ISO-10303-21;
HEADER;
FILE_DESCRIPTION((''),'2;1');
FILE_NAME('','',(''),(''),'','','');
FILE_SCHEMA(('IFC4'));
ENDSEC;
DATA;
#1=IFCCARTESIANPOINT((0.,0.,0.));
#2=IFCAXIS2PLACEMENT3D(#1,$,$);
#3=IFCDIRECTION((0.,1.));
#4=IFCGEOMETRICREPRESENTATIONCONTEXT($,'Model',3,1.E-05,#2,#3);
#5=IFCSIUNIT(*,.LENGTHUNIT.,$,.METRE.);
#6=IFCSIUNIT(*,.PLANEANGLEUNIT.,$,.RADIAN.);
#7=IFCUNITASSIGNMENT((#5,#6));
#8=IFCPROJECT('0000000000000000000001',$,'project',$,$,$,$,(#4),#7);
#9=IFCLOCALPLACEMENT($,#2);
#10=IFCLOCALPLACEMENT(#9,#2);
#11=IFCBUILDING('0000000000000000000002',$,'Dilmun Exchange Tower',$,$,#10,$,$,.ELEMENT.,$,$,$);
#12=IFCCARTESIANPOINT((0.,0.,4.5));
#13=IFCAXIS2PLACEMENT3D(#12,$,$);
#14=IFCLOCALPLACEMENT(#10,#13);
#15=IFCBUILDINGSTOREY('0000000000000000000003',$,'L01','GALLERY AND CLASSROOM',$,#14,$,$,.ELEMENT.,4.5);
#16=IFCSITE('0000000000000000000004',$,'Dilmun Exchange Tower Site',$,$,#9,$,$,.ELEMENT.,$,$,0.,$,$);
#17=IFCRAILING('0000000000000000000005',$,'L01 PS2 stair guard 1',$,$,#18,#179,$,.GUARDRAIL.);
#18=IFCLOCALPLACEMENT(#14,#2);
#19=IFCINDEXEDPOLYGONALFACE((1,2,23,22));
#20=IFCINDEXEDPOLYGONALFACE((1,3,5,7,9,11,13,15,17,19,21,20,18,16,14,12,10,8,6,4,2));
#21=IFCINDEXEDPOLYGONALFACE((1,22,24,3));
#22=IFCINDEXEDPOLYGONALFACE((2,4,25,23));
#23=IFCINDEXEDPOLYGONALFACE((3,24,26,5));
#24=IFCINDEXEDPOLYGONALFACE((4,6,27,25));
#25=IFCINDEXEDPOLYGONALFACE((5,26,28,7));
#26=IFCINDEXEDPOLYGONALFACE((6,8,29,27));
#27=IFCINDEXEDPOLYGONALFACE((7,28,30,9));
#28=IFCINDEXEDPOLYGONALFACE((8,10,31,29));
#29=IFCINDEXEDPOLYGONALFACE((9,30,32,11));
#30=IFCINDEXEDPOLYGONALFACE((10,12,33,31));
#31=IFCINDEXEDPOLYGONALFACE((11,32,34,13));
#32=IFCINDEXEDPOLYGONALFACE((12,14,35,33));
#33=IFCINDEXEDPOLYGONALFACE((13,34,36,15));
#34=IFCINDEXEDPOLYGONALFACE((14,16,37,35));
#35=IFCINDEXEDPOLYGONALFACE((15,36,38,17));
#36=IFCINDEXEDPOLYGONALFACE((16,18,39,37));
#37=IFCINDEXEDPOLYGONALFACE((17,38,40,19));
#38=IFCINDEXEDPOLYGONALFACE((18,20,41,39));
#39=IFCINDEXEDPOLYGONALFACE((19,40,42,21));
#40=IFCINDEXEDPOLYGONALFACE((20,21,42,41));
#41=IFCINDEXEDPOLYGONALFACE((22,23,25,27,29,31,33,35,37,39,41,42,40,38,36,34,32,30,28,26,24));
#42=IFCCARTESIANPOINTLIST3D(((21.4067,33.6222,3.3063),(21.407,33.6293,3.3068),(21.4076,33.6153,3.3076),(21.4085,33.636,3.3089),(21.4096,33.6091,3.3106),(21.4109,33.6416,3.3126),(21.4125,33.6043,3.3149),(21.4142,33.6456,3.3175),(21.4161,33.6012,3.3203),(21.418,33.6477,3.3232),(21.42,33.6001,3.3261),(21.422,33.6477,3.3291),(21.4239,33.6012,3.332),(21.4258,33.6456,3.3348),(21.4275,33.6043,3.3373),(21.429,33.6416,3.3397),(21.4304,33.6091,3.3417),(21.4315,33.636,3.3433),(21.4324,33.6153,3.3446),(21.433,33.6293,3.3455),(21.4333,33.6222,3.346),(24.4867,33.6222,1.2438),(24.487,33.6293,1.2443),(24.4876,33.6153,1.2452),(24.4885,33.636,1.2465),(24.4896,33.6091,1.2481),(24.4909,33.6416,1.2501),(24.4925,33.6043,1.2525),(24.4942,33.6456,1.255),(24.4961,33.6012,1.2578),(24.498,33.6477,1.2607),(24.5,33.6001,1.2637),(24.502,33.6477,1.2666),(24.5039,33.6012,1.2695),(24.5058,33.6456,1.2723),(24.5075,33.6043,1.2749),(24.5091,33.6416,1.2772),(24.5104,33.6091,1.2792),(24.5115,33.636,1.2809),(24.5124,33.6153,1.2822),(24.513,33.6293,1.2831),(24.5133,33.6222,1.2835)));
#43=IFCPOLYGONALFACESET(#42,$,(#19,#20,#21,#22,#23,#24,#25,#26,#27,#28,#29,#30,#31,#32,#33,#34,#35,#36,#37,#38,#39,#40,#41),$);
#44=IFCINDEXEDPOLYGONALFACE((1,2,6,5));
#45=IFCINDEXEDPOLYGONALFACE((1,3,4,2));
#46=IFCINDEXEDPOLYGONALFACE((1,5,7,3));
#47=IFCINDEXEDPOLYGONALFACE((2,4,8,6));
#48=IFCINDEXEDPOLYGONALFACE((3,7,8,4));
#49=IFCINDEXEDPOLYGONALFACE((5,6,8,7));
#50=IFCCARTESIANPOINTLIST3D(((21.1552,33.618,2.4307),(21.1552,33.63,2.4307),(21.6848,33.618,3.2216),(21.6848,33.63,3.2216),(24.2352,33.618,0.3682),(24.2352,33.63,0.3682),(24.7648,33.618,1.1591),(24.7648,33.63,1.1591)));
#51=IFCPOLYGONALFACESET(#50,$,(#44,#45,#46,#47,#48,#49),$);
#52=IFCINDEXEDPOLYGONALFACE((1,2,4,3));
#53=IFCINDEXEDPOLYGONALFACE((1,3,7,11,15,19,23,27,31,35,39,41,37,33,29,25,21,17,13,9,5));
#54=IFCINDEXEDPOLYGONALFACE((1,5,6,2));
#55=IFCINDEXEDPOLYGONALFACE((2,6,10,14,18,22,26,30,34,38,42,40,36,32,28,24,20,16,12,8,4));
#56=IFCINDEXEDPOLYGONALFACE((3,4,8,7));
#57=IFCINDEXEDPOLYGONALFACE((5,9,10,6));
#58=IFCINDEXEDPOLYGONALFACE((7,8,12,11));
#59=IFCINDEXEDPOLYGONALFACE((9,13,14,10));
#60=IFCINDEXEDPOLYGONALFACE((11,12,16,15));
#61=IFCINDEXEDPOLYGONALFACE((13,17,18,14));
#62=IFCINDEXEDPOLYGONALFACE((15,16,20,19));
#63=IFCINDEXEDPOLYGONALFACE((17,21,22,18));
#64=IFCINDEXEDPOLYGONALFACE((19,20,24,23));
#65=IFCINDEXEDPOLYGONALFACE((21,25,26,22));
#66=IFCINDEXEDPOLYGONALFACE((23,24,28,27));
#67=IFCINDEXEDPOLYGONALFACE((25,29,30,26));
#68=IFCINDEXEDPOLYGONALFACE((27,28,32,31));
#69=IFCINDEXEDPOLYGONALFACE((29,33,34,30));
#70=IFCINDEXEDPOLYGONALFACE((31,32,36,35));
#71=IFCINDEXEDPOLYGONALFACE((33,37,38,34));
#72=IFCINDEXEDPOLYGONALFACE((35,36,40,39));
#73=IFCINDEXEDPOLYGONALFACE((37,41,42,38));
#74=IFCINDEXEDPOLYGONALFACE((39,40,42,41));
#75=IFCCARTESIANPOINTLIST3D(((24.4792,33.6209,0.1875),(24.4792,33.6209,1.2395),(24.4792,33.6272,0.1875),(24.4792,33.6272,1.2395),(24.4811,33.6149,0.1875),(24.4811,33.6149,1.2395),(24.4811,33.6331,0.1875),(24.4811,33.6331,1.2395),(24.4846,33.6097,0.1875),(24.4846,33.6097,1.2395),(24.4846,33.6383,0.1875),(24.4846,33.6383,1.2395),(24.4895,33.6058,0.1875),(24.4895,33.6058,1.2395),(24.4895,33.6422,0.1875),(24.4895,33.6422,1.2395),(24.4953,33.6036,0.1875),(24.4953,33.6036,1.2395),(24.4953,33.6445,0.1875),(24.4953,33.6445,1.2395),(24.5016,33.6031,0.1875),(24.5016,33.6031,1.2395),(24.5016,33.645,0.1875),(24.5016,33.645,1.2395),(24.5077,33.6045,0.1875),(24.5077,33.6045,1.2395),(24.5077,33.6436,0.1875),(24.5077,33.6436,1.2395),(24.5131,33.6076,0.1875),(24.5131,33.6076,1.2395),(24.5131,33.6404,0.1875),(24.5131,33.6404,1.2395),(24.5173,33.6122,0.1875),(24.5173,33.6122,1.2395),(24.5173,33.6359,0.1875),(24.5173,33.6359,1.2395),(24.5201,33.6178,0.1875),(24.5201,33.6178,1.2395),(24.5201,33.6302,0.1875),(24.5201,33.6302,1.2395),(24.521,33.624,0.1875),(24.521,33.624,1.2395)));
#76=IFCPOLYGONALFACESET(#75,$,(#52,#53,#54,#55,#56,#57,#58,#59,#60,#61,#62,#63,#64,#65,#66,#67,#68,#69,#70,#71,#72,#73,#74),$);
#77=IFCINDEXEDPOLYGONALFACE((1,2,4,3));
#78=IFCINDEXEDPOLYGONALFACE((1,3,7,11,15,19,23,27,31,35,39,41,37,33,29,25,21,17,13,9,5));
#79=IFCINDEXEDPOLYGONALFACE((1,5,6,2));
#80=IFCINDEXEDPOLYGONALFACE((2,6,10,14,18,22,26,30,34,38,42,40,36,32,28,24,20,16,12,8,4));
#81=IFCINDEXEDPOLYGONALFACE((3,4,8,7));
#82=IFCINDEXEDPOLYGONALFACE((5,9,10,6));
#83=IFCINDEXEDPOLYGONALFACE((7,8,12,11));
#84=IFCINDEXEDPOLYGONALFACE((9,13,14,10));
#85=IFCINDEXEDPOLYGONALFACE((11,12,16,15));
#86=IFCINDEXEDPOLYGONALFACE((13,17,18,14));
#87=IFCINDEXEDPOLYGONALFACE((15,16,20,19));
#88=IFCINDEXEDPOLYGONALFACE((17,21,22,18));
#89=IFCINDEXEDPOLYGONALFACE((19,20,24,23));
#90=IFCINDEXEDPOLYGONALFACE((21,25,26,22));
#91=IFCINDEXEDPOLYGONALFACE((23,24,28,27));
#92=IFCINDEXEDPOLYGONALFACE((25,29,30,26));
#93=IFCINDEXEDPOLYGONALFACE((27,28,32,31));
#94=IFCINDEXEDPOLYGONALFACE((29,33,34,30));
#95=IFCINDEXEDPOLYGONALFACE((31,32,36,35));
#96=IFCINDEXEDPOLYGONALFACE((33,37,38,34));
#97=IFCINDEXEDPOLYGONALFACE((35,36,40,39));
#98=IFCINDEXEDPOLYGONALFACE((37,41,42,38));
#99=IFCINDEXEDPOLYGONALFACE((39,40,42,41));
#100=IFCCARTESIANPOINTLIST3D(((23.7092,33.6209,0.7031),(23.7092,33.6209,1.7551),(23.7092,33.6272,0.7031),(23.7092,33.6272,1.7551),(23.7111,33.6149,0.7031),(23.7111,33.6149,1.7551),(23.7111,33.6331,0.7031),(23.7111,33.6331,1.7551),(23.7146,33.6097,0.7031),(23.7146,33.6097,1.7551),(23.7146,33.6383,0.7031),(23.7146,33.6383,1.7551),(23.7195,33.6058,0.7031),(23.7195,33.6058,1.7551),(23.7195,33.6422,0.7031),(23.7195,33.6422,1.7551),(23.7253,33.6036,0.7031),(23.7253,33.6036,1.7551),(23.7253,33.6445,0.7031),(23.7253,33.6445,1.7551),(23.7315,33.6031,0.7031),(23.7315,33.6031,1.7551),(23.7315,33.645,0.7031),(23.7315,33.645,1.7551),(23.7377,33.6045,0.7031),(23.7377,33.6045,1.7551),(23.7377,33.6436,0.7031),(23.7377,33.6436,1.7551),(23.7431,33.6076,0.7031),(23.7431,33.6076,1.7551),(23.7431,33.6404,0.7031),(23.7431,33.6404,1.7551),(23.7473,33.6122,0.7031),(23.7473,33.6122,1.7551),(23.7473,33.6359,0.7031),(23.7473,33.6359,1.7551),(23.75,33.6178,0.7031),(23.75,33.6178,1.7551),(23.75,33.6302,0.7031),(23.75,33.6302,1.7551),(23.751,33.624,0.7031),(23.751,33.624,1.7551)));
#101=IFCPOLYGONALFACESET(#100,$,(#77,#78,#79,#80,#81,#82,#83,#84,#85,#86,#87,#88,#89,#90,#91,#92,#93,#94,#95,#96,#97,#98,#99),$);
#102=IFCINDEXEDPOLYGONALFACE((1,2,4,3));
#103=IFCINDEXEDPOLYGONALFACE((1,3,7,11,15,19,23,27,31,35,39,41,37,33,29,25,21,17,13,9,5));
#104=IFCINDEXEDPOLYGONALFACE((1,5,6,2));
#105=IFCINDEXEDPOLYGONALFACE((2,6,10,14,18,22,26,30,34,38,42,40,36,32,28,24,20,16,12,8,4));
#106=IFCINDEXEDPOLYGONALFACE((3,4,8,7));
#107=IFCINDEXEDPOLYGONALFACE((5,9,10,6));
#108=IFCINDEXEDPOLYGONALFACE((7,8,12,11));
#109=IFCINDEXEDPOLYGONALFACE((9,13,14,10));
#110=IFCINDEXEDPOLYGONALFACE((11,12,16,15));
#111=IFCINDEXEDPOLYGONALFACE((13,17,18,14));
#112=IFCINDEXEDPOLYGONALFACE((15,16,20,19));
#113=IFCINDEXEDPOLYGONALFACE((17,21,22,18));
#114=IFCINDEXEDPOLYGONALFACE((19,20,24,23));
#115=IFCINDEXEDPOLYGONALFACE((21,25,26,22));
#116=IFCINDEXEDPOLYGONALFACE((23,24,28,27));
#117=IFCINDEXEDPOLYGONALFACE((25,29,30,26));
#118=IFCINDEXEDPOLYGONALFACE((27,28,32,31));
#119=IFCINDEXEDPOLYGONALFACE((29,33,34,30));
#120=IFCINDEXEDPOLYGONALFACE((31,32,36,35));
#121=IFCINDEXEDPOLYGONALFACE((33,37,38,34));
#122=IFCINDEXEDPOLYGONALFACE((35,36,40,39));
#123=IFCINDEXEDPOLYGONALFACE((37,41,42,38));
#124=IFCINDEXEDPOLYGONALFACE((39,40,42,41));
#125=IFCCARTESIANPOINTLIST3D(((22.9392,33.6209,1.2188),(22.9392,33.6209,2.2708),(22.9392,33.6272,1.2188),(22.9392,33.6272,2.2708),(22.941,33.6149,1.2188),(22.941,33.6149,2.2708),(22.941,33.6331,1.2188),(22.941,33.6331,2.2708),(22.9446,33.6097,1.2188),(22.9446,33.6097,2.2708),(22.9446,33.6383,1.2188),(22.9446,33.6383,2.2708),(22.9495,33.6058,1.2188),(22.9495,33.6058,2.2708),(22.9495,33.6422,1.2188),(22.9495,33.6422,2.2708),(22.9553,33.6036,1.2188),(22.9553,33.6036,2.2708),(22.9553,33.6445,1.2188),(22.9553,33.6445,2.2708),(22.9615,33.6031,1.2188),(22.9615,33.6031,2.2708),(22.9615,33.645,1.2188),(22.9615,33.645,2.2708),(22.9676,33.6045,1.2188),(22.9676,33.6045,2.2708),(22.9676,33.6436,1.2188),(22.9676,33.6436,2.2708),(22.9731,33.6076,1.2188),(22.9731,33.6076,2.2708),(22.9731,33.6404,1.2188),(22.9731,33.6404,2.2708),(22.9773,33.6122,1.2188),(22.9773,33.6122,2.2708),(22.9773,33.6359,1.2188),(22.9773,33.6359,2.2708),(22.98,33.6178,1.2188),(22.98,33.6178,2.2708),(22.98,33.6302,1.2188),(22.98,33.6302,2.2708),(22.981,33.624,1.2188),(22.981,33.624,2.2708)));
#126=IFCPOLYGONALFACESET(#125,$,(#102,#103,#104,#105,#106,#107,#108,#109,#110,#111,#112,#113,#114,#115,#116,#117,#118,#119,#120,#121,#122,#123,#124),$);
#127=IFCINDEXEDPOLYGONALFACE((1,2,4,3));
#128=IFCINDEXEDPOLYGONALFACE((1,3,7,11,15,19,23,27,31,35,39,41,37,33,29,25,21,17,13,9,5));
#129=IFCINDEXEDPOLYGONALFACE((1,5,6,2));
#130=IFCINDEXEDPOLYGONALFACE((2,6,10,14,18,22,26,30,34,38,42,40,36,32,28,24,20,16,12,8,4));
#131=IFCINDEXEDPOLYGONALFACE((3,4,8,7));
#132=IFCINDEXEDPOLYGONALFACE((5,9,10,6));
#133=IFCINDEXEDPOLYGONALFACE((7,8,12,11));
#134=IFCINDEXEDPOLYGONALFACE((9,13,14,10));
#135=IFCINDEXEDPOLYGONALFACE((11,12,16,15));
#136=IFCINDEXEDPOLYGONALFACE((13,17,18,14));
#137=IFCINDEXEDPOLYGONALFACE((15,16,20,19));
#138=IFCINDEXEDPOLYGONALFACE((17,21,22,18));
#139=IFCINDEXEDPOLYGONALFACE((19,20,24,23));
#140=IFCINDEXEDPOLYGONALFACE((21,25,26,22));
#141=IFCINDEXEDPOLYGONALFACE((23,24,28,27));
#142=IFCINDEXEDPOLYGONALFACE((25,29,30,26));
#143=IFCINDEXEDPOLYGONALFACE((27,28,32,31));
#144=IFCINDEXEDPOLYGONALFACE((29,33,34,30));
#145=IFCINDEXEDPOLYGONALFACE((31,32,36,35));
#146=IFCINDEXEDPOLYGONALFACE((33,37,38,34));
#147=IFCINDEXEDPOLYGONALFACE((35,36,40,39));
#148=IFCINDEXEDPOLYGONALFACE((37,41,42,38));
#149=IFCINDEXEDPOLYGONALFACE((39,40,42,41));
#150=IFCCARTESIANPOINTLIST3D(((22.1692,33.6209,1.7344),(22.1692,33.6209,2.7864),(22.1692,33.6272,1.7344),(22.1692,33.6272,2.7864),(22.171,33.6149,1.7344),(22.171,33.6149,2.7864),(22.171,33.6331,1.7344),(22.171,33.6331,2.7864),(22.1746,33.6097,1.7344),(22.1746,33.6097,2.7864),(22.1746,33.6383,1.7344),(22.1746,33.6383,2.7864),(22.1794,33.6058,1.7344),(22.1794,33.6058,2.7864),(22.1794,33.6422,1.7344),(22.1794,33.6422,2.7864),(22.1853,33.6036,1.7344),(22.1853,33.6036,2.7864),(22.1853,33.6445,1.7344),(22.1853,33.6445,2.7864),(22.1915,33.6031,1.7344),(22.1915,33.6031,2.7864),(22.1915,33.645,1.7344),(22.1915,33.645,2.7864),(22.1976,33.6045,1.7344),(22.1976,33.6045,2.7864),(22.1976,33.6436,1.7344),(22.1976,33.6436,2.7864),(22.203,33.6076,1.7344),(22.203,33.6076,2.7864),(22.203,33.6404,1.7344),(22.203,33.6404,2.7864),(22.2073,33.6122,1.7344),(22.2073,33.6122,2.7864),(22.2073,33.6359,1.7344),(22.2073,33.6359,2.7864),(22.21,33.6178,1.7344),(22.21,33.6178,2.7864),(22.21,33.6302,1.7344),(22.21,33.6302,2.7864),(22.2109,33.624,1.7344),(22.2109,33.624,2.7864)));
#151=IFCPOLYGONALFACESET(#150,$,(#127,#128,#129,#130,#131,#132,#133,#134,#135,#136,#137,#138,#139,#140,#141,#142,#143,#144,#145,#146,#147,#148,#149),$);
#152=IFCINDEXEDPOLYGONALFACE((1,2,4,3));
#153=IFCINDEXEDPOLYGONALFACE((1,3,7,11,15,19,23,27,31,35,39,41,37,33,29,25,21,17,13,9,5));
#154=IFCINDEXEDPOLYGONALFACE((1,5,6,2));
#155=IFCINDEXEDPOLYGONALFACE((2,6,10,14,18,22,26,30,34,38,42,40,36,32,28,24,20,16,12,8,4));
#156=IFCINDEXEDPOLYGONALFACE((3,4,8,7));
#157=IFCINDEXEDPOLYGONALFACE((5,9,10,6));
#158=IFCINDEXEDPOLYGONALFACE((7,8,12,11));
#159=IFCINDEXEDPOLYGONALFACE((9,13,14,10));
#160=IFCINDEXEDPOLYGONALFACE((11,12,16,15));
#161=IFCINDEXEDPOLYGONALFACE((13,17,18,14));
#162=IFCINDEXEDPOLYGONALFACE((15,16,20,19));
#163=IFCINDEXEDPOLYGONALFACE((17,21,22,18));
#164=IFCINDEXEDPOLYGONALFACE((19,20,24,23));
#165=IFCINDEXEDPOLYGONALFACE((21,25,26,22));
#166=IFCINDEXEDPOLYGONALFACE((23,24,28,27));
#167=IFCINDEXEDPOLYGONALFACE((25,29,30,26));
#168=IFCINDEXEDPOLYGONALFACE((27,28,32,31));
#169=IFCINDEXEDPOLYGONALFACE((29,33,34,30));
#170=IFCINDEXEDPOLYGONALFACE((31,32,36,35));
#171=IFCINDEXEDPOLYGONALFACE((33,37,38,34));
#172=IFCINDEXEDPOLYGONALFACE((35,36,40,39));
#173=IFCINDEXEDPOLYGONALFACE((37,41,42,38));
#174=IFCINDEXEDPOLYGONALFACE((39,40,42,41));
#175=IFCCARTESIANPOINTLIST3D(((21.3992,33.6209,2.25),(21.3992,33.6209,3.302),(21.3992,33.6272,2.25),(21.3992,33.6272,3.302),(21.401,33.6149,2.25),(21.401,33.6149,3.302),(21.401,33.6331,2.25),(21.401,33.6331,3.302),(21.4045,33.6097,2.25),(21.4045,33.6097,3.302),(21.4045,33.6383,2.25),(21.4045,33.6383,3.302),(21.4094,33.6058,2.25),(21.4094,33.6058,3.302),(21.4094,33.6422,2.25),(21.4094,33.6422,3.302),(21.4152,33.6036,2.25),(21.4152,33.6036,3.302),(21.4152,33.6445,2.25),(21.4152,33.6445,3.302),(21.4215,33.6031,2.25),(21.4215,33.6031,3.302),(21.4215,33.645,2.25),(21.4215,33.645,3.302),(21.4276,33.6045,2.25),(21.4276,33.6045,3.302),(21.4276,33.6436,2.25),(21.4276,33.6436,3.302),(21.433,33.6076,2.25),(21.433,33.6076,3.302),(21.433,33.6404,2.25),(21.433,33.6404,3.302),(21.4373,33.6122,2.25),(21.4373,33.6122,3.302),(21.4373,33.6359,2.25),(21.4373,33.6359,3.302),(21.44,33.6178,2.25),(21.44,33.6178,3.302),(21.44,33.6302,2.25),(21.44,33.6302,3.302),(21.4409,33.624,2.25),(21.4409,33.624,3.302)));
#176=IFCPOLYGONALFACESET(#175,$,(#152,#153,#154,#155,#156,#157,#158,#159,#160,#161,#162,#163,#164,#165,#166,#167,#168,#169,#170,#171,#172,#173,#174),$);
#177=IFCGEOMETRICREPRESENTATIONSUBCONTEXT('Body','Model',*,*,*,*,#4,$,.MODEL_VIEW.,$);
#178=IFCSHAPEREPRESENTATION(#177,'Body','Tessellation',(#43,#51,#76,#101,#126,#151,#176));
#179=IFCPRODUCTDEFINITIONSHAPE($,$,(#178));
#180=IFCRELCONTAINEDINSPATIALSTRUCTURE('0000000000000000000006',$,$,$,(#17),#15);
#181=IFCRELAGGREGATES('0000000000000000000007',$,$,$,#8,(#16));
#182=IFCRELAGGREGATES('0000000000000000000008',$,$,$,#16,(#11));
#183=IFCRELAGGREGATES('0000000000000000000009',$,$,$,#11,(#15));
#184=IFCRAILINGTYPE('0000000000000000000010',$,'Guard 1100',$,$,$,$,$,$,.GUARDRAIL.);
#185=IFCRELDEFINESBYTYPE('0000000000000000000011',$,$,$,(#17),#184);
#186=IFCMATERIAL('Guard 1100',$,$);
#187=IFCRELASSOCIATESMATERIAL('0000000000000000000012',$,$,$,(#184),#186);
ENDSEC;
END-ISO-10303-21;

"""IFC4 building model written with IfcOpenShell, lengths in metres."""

from ifc_helpers import new_model, si_unit, direction, frame, origin, origin_2d, place, context, subcontext, project, spatial, rectangle, circle, extrude, material, type_object, element, save


model = new_model("IFC4")

# Units and contexts
model_context = context("Model", 3, precision=1e-05, world=origin(), true_north=direction((0.0, 1.0)))
body_context = subcontext(model_context, "Body", "Model", "MODEL_VIEW")
ifc_project = project(units=[si_unit("LENGTHUNIT", "METRE"), si_unit("PLANEANGLEUNIT", "RADIAN")], contexts=[model_context])

# Site, building, storey
site_placement = place(None, origin())
site = spatial("IfcSite", under=ifc_project, at=site_placement, Name="Dilmun Exchange Tower Site", CompositionType="ELEMENT", RefElevation=0.0)
building_placement = place(site_placement, origin())
building = spatial("IfcBuilding", under=site, at=building_placement, Name="Dilmun Exchange Tower", CompositionType="ELEMENT")
storey_placement = place(building_placement, frame((0.0, 0.0, 4.5)))
storey = spatial("IfcBuildingStorey", under=building, at=storey_placement, Name="L01", Description="GALLERY AND CLASSROOM", CompositionType="ELEMENT", Elevation=4.5)

# Railing
ifc_material_1 = material(Name="Guard 1100")
railing_type_1 = type_object("IfcRailingType", Name="Guard 1100", PredefinedType="GUARDRAIL", material=ifc_material_1)
railing_1_placement = place(storey_placement, frame((24.5, 33.624, 0.1875)))
element("IfcRailing", 1, at=railing_1_placement, inside=storey, type_object=railing_type_1, Name="L01 PS2 stair guard 1", PredefinedType="GUARDRAIL", context=body_context, shape_type="SweptSolid", body=[
    extrude(circle(Radius=0.0239, at=origin_2d()), frame((0.0, 0.0, 1.0762), z_axis=(-0.830914, 0.0, 0.556401), x_axis=(0.0, -1.0, 0.0)), (0.0, 0.0, 1.0), 3.7068),
    extrude(rectangle(XDim=0.012, YDim=0.9519, at=origin_2d()), frame((0.0, 0.0, 0.5762), z_axis=(-0.830914, 0.0, 0.556401), x_axis=(0.0, -1.0, 0.0)), (0.0, 0.0, 1.0), 3.7068),
    extrude(circle(Radius=0.021, at=origin_2d()), origin(), (0.0, 0.0, 1.0), 1.052),
    extrude(circle(Radius=0.021, at=origin_2d()), frame((-0.77, 0.0, 0.5156)), (0.0, 0.0, 1.0), 1.052),
    extrude(circle(Radius=0.021, at=origin_2d()), frame((-1.54, 0.0, 1.0312)), (0.0, 0.0, 1.0), 1.052),
    extrude(circle(Radius=0.021, at=origin_2d()), frame((-2.3101, 0.0, 1.5469)), (0.0, 0.0, 1.0), 1.052),
    extrude(circle(Radius=0.021, at=origin_2d()), frame((-3.0801, 0.0, 2.0625)), (0.0, 0.0, 1.0), 1.052),
])

save(model, "model.ifc")
